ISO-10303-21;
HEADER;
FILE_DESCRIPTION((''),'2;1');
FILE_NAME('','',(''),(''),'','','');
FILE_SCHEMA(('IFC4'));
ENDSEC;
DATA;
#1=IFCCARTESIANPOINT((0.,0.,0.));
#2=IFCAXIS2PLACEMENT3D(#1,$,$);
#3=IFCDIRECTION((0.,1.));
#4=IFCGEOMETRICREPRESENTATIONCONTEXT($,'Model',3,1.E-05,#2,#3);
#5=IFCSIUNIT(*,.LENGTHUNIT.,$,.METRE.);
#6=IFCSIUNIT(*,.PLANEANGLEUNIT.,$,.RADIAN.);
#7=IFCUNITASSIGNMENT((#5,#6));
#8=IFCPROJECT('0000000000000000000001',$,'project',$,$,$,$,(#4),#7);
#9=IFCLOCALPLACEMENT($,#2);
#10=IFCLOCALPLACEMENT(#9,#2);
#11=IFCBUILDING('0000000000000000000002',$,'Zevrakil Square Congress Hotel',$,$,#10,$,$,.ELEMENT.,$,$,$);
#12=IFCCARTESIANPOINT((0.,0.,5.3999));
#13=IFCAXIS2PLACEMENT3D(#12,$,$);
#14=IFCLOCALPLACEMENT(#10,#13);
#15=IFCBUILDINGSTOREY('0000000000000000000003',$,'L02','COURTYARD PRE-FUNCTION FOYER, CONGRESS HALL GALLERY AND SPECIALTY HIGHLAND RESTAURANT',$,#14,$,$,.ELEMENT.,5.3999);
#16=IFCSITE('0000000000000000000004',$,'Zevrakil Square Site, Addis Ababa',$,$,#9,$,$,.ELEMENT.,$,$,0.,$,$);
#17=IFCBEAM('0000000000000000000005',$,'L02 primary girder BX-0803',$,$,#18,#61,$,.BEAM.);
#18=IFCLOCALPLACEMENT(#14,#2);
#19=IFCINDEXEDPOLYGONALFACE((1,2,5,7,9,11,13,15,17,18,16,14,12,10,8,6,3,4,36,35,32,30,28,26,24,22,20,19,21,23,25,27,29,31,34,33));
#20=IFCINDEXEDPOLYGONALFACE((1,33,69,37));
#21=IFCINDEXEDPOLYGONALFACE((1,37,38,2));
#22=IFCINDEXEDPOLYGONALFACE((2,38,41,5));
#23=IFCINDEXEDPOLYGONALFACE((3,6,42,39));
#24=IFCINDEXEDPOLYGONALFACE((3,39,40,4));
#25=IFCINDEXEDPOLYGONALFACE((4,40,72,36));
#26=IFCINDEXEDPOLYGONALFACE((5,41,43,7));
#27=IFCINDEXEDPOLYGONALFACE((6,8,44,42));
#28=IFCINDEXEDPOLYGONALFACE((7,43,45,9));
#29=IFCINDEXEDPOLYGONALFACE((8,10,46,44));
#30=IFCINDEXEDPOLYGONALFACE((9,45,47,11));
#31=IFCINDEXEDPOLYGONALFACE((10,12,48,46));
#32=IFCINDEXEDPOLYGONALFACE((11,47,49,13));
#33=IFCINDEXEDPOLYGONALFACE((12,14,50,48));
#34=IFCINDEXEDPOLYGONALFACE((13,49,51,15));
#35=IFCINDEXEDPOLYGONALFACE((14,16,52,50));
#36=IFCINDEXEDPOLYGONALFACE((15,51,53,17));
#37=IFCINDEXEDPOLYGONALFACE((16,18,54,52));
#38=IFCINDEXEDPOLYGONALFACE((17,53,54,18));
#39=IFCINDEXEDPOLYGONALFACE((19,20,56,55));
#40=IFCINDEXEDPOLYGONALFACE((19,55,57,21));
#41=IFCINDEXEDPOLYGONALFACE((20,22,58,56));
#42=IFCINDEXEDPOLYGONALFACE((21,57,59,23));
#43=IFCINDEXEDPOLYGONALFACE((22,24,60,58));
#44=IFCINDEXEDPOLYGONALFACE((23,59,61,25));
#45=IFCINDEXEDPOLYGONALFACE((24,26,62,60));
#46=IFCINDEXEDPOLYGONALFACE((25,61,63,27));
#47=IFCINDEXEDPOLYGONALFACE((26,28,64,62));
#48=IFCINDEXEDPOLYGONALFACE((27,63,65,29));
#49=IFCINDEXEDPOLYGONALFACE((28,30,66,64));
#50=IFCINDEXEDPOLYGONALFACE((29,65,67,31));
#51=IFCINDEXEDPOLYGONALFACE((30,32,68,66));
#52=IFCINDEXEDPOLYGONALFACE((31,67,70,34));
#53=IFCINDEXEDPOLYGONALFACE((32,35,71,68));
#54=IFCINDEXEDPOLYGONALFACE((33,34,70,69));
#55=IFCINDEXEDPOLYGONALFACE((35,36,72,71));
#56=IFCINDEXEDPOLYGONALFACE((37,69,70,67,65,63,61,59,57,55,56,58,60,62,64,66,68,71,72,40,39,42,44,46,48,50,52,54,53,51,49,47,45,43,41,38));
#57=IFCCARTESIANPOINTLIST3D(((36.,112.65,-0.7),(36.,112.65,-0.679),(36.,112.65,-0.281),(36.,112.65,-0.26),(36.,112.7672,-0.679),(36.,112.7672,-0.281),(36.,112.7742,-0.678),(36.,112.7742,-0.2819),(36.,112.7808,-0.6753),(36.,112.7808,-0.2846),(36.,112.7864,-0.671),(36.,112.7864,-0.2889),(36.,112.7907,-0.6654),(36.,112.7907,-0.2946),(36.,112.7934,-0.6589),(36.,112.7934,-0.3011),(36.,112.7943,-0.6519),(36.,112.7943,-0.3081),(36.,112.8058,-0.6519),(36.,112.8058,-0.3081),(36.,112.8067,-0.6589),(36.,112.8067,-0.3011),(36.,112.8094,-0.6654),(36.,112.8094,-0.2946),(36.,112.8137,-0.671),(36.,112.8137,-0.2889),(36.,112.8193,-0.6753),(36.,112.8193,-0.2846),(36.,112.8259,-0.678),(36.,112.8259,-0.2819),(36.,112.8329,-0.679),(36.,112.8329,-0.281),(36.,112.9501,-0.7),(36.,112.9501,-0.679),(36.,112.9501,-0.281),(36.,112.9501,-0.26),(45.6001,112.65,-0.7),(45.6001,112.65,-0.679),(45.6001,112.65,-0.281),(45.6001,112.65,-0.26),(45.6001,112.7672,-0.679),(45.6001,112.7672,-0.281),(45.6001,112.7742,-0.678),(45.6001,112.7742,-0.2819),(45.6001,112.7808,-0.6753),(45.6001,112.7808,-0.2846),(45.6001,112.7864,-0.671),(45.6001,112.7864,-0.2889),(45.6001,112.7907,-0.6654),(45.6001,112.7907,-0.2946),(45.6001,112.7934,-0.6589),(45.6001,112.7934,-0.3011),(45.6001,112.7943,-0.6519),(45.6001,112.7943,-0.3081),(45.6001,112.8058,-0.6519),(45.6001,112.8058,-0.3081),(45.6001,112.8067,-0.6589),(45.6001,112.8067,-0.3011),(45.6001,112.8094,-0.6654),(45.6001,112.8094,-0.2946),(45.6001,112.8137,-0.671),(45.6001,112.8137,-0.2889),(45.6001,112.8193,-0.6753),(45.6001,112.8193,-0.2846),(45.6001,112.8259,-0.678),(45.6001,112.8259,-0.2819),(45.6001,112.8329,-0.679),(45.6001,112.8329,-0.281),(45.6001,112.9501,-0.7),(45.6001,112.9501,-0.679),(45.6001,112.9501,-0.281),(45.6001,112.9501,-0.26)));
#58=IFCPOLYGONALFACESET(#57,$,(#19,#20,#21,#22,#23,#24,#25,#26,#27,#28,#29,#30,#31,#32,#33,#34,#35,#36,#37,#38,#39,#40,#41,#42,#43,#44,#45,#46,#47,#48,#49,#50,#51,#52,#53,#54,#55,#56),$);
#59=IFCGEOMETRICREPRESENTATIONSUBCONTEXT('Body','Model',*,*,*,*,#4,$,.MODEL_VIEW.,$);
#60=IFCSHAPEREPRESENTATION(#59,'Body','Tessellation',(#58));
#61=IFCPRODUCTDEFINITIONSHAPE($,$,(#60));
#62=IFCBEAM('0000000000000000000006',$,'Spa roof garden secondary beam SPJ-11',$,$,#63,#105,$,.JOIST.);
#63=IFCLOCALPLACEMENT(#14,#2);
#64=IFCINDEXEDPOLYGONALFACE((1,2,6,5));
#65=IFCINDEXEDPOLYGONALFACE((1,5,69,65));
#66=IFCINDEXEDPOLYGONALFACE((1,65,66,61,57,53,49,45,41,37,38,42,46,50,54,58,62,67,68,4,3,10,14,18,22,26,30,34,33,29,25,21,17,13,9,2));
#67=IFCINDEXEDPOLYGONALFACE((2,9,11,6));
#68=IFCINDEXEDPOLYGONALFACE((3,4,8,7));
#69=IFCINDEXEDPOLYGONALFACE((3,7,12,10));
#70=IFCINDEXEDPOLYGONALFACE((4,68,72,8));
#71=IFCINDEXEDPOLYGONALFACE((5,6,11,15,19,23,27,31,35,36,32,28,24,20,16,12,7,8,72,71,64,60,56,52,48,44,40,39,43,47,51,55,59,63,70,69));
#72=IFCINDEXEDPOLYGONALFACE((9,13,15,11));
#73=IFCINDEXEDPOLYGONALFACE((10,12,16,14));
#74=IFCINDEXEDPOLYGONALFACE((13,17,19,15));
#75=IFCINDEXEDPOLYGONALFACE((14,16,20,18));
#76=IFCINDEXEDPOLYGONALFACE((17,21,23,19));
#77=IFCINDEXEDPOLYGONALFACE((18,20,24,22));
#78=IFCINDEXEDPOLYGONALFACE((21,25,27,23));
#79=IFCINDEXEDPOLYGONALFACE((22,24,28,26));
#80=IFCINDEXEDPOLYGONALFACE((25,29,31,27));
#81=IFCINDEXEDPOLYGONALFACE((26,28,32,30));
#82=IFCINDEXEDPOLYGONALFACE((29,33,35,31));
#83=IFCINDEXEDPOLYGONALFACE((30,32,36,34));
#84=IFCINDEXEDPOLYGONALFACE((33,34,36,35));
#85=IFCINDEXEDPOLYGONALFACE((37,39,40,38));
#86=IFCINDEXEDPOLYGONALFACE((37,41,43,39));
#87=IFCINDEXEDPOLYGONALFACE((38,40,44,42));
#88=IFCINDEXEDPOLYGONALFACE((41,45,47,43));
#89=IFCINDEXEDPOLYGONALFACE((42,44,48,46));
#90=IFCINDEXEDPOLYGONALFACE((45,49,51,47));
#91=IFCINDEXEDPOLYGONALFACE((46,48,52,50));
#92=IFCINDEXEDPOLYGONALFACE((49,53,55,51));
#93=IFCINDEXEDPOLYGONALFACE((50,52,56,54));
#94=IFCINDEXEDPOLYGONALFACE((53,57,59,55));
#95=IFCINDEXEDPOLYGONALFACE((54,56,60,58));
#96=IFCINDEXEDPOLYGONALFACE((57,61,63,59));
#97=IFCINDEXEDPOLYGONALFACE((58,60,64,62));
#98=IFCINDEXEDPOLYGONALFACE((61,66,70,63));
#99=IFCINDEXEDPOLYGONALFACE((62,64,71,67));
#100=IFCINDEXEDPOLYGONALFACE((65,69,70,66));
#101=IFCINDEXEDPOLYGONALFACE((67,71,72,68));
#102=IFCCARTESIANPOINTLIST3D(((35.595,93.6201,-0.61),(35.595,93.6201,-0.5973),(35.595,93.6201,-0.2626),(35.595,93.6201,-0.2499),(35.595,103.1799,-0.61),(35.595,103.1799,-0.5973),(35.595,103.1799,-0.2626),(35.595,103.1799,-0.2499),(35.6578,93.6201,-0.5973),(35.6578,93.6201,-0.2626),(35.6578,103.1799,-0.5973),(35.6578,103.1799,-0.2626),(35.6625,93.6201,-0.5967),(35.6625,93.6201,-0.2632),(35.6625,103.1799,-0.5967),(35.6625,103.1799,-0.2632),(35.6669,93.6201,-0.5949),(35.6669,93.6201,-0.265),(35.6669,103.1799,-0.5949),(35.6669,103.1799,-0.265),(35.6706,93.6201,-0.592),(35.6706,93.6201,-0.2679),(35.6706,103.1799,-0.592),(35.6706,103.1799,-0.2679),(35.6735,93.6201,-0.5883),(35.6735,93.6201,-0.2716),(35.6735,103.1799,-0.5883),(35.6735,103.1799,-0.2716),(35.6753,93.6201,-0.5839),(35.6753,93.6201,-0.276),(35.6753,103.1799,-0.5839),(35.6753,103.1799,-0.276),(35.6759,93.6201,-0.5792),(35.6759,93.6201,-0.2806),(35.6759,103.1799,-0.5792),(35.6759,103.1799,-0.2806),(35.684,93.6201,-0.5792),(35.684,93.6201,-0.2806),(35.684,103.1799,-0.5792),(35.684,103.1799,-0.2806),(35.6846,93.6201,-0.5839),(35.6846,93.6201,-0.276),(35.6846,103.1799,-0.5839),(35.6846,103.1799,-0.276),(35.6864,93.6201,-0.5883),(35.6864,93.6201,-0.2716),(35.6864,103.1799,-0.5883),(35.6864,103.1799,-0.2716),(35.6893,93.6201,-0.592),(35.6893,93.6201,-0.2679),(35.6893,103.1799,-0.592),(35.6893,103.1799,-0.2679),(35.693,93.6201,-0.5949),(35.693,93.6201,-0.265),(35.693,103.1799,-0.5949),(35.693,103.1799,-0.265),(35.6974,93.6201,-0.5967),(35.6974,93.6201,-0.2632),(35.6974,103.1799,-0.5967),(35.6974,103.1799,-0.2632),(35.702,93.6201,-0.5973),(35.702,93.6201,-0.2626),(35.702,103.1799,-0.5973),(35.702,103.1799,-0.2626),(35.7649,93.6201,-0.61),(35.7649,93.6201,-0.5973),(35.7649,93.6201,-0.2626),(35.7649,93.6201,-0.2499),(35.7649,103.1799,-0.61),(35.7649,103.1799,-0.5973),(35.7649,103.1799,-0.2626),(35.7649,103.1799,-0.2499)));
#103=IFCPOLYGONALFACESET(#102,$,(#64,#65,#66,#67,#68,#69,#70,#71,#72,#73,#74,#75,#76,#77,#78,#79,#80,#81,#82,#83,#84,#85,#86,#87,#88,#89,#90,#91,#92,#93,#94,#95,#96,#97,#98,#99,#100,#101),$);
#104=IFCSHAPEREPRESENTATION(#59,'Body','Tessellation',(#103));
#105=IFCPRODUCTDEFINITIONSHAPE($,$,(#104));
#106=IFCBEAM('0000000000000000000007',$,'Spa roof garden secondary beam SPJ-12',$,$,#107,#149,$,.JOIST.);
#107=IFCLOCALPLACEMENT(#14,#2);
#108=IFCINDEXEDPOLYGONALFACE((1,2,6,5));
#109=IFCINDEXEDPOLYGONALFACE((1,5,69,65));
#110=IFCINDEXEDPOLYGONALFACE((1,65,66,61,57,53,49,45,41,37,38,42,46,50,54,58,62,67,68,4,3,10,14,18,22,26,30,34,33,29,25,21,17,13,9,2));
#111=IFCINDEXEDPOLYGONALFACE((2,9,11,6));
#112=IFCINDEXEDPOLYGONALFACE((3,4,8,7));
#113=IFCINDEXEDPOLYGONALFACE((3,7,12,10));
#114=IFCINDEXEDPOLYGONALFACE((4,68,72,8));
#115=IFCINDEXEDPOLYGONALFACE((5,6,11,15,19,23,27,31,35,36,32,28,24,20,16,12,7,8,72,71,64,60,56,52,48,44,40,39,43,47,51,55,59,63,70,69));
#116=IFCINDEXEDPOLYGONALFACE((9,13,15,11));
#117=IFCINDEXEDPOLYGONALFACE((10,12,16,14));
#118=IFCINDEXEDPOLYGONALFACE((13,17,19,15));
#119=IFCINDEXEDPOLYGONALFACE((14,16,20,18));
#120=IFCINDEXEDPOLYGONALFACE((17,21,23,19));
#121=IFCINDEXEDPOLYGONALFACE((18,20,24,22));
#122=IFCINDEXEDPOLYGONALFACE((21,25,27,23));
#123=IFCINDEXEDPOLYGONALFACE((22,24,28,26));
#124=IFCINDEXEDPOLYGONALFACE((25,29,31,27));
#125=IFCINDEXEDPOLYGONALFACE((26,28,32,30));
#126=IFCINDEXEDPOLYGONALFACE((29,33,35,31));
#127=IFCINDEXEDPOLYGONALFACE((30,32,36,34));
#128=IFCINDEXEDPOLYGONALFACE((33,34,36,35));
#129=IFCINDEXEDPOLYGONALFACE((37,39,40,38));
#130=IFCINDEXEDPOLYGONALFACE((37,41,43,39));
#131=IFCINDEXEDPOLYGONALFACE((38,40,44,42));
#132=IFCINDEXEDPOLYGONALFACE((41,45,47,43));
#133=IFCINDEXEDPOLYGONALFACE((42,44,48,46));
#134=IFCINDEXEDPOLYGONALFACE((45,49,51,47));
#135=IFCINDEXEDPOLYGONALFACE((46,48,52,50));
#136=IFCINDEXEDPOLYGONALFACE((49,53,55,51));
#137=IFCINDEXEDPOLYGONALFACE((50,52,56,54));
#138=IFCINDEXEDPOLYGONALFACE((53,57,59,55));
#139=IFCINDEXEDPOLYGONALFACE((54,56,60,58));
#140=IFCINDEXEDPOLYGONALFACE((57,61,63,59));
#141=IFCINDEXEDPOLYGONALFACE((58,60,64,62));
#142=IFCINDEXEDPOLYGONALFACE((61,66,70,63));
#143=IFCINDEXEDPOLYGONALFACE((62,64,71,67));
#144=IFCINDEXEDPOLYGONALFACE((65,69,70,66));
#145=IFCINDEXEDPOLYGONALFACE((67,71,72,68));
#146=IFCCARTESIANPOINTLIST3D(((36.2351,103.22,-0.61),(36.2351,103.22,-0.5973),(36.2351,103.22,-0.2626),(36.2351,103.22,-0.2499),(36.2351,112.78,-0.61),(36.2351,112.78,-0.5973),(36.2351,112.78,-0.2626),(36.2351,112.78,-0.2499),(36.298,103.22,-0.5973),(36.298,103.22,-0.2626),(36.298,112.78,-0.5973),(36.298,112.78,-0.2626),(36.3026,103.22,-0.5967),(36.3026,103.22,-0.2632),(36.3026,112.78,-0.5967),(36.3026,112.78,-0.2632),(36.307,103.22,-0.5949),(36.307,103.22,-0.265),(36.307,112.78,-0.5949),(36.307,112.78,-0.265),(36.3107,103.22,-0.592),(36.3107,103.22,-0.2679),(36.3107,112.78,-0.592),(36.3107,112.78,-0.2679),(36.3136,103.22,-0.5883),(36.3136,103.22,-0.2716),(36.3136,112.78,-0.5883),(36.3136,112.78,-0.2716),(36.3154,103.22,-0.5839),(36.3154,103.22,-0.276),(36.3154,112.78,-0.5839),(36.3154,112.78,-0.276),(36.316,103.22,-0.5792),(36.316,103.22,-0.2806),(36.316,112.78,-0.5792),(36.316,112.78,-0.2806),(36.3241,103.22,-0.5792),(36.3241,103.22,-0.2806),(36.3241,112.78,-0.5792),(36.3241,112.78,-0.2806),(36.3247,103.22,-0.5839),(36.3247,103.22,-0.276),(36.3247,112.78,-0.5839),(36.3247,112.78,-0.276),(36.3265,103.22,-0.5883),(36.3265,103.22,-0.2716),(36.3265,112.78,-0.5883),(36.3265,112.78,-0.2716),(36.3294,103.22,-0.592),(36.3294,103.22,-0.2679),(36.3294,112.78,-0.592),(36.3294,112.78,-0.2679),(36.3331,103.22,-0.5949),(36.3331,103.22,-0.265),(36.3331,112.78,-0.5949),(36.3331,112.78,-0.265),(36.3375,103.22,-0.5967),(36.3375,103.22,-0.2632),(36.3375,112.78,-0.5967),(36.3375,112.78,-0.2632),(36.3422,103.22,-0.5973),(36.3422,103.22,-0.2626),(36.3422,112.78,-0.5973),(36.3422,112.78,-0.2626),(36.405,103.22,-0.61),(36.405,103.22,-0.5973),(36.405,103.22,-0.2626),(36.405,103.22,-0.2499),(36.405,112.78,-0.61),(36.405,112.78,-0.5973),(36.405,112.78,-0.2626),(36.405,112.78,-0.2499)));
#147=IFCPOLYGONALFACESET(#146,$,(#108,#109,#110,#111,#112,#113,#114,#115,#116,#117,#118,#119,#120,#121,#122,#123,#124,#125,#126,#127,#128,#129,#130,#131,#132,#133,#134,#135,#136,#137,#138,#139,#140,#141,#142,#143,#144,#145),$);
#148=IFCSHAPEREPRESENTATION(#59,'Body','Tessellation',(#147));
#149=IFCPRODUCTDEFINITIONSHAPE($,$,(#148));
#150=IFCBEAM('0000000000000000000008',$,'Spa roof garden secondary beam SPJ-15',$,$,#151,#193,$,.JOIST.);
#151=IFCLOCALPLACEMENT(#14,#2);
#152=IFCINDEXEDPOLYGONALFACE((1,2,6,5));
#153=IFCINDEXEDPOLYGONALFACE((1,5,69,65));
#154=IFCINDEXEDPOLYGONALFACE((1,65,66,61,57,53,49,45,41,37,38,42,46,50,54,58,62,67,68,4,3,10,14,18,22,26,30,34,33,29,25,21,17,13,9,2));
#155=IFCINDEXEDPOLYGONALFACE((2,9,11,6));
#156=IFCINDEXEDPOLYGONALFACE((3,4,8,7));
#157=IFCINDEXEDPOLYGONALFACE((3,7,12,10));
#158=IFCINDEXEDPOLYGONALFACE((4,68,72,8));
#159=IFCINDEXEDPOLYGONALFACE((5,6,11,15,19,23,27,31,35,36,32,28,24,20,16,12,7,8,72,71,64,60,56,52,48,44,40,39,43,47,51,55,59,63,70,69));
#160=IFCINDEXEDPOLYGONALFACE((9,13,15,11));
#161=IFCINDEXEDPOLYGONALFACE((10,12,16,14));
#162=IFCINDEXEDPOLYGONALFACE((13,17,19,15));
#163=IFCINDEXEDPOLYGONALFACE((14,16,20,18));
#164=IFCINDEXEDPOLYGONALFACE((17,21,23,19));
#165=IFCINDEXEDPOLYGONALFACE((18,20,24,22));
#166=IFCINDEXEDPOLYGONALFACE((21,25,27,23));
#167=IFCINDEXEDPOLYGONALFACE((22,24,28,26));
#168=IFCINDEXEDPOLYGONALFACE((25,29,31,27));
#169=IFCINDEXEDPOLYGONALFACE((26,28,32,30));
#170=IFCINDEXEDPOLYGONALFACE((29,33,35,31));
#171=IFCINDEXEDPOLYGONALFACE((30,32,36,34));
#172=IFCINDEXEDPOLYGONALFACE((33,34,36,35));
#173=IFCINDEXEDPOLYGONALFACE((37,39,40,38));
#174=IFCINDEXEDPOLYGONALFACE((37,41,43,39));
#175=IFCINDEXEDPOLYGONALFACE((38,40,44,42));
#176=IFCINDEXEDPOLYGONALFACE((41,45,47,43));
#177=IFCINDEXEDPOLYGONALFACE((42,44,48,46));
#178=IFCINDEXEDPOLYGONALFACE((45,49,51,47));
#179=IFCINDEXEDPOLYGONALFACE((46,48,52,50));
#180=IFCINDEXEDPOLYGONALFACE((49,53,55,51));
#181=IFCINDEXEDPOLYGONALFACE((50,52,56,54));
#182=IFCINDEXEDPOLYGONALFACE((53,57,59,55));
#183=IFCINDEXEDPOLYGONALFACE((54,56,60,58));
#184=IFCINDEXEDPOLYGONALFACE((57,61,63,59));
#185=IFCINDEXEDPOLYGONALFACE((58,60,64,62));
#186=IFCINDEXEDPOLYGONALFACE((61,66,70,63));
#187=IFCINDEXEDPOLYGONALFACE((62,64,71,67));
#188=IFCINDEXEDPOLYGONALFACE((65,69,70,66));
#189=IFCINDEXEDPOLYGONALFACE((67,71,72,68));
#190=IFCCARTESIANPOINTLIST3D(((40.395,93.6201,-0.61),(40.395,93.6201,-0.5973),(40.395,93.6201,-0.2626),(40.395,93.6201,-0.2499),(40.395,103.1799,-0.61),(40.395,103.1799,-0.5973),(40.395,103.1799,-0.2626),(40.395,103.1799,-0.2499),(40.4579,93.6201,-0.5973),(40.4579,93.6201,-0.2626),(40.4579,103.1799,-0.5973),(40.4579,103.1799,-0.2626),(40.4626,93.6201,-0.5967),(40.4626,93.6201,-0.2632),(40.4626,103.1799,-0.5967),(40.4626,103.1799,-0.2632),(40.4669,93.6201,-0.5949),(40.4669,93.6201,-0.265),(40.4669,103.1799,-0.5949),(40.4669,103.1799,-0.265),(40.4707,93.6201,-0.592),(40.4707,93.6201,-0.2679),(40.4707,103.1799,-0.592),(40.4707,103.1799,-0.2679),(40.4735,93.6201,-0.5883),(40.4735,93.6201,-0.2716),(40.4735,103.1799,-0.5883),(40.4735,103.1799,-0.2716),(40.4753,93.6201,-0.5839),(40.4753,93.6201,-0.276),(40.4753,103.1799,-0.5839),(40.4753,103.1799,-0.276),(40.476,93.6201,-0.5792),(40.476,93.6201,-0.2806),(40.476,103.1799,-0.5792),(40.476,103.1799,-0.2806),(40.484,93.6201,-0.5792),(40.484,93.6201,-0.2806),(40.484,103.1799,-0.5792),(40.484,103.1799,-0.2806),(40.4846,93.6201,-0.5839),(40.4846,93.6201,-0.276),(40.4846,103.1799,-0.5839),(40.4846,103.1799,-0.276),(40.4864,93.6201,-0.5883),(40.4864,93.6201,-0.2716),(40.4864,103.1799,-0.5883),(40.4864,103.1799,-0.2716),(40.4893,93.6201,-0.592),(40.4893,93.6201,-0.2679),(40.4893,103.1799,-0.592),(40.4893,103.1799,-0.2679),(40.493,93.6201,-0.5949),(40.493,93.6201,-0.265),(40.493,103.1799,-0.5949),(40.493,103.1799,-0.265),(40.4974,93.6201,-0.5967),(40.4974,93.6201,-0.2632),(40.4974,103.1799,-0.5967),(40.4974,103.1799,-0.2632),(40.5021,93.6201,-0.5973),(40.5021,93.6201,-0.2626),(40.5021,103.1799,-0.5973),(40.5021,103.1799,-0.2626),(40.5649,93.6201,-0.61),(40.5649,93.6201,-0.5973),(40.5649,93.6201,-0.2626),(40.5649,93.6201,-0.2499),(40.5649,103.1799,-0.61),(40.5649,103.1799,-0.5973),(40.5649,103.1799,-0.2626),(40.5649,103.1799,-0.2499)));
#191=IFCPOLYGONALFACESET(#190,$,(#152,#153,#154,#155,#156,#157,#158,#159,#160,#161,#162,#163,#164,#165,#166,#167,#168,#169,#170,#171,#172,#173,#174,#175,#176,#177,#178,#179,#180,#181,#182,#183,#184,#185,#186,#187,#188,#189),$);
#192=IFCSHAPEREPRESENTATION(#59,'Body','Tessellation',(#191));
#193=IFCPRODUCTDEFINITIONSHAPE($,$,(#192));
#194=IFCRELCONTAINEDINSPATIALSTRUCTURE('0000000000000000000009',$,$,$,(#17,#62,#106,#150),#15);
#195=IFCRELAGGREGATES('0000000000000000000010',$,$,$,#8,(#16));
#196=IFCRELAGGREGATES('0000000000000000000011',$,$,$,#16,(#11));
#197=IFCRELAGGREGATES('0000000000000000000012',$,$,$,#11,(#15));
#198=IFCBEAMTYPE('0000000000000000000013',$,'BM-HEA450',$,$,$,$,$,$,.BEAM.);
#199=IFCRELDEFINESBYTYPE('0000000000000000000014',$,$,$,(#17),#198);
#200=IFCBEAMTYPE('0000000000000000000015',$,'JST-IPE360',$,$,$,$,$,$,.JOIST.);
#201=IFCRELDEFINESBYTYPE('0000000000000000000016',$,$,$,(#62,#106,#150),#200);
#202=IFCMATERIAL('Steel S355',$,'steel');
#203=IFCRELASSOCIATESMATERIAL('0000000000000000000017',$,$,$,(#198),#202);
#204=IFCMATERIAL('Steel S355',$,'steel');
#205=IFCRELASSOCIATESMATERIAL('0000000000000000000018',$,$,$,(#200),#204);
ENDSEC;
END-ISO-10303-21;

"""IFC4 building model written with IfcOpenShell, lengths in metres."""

from ifc_helpers import new_model, si_unit, direction, frame, origin, origin_2d, place, context, subcontext, project, spatial, i_section, extrude, material, material_profile, profile_set, type_object, element, save


model = new_model("IFC4")

# Units and contexts
model_context = context("Model", 3, precision=1e-05, world=origin(), true_north=direction((0.0, 1.0)))
body_context = subcontext(model_context, "Body", "Model", "MODEL_VIEW")
ifc_project = project(units=[si_unit("LENGTHUNIT", "METRE"), si_unit("PLANEANGLEUNIT", "RADIAN")], contexts=[model_context])

# Site, building, storey
site_placement = place(None, origin())
site = spatial("IfcSite", under=ifc_project, at=site_placement, Name="Zevrakil Square Site, Addis Ababa", CompositionType="ELEMENT", RefElevation=0.0)
building_placement = place(site_placement, origin())
building = spatial("IfcBuilding", under=site, at=building_placement, Name="Zevrakil Square Congress Hotel", CompositionType="ELEMENT")
storey_placement = place(building_placement, frame((0.0, 0.0, 5.3999)))
storey = spatial("IfcBuildingStorey", under=building, at=storey_placement, Name="L02", Description="COURTYARD PRE-FUNCTION FOYER, CONGRESS HALL GALLERY AND SPECIALTY HIGHLAND RESTAURANT", CompositionType="ELEMENT", Elevation=5.3999)

# Beams
ifc_material_1 = material(Name="Steel S355", Category="steel")
ifc_material_profile_1 = material_profile(ifc_material_1, i_section(OverallWidth=0.3, OverallDepth=0.4399, WebThickness=0.0115, FlangeThickness=0.021, FilletRadius=0.0271, at=origin_2d()), Name="HEA 450")
ifc_profile_set_1 = profile_set([ifc_material_profile_1], Name="Steel S355")
beam_type_1 = type_object("IfcBeamType", Name="BM-HEA450", PredefinedType="BEAM", material=ifc_profile_set_1)
for number, where, z_axis, x_axis, name in (
    (1, (36.0, 112.8, -0.48), (1.0, 0.0, 0.0), (0.0, 1.0, 0.0), "L02 primary girder BX-0803"),
):
    element("IfcBeam", number, at=place(storey_placement, frame(where, z_axis=z_axis, x_axis=x_axis)), inside=storey, type_object=beam_type_1, Name=name, PredefinedType="BEAM", context=body_context, shape_type="SweptSolid", body=[
        extrude(i_section(OverallWidth=0.3, OverallDepth=0.4399, WebThickness=0.0115, FlangeThickness=0.021, FilletRadius=0.0271, at=origin_2d()), origin(), (0.0, 0.0, 1.0), 9.6001),
    ])
ifc_material_2 = material(Name="Steel S355", Category="steel")
ifc_material_profile_2 = material_profile(ifc_material_2, i_section(OverallWidth=0.1699, OverallDepth=0.3601, WebThickness=0.0081, FlangeThickness=0.0127, FilletRadius=0.0181, at=origin_2d()), Name="IPE 360")
ifc_profile_set_2 = profile_set([ifc_material_profile_2], Name="Steel S355")
beam_type_2 = type_object("IfcBeamType", Name="JST-IPE360", PredefinedType="JOIST", material=ifc_profile_set_2)
beam_1_placement = place(storey_placement, frame((35.6799, 93.6201, -0.4299), z_axis=(0.0, 1.0, 0.0), x_axis=(-1.0, 0.0, 0.0)))
element("IfcBeam", 2, at=beam_1_placement, inside=storey, type_object=beam_type_2, Name="Spa roof garden secondary beam SPJ-11", PredefinedType="JOIST", context=body_context, shape_type="SweptSolid", body=[
    extrude(i_section(OverallWidth=0.1699, OverallDepth=0.3601, WebThickness=0.0081, FlangeThickness=0.0127, FilletRadius=0.0181, at=origin_2d()), origin(), (0.0, 0.0, 1.0), 9.5598),
])
beam_2_placement = place(storey_placement, frame((36.3201, 103.22, -0.4299), z_axis=(0.0, 1.0, 0.0), x_axis=(-1.0, 0.0, 0.0)))
element("IfcBeam", 3, at=beam_2_placement, inside=storey, type_object=beam_type_2, Name="Spa roof garden secondary beam SPJ-12", PredefinedType="JOIST", context=body_context, shape_type="SweptSolid", body=[
    extrude(i_section(OverallWidth=0.1699, OverallDepth=0.3601, WebThickness=0.0081, FlangeThickness=0.0127, FilletRadius=0.0181, at=origin_2d()), origin(), (0.0, 0.0, 1.0), 9.5601),
])
beam_3_placement = place(storey_placement, frame((40.48, 93.6201, -0.4299), z_axis=(0.0, 1.0, 0.0), x_axis=(-1.0, 0.0, 0.0)))
element("IfcBeam", 4, at=beam_3_placement, inside=storey, type_object=beam_type_2, Name="Spa roof garden secondary beam SPJ-15", PredefinedType="JOIST", context=body_context, shape_type="SweptSolid", body=[
    extrude(i_section(OverallWidth=0.1699, OverallDepth=0.3601, WebThickness=0.0081, FlangeThickness=0.0127, FilletRadius=0.0181, at=origin_2d()), origin(), (0.0, 0.0, 1.0), 9.5598),
])

save(model, "model.ifc")
